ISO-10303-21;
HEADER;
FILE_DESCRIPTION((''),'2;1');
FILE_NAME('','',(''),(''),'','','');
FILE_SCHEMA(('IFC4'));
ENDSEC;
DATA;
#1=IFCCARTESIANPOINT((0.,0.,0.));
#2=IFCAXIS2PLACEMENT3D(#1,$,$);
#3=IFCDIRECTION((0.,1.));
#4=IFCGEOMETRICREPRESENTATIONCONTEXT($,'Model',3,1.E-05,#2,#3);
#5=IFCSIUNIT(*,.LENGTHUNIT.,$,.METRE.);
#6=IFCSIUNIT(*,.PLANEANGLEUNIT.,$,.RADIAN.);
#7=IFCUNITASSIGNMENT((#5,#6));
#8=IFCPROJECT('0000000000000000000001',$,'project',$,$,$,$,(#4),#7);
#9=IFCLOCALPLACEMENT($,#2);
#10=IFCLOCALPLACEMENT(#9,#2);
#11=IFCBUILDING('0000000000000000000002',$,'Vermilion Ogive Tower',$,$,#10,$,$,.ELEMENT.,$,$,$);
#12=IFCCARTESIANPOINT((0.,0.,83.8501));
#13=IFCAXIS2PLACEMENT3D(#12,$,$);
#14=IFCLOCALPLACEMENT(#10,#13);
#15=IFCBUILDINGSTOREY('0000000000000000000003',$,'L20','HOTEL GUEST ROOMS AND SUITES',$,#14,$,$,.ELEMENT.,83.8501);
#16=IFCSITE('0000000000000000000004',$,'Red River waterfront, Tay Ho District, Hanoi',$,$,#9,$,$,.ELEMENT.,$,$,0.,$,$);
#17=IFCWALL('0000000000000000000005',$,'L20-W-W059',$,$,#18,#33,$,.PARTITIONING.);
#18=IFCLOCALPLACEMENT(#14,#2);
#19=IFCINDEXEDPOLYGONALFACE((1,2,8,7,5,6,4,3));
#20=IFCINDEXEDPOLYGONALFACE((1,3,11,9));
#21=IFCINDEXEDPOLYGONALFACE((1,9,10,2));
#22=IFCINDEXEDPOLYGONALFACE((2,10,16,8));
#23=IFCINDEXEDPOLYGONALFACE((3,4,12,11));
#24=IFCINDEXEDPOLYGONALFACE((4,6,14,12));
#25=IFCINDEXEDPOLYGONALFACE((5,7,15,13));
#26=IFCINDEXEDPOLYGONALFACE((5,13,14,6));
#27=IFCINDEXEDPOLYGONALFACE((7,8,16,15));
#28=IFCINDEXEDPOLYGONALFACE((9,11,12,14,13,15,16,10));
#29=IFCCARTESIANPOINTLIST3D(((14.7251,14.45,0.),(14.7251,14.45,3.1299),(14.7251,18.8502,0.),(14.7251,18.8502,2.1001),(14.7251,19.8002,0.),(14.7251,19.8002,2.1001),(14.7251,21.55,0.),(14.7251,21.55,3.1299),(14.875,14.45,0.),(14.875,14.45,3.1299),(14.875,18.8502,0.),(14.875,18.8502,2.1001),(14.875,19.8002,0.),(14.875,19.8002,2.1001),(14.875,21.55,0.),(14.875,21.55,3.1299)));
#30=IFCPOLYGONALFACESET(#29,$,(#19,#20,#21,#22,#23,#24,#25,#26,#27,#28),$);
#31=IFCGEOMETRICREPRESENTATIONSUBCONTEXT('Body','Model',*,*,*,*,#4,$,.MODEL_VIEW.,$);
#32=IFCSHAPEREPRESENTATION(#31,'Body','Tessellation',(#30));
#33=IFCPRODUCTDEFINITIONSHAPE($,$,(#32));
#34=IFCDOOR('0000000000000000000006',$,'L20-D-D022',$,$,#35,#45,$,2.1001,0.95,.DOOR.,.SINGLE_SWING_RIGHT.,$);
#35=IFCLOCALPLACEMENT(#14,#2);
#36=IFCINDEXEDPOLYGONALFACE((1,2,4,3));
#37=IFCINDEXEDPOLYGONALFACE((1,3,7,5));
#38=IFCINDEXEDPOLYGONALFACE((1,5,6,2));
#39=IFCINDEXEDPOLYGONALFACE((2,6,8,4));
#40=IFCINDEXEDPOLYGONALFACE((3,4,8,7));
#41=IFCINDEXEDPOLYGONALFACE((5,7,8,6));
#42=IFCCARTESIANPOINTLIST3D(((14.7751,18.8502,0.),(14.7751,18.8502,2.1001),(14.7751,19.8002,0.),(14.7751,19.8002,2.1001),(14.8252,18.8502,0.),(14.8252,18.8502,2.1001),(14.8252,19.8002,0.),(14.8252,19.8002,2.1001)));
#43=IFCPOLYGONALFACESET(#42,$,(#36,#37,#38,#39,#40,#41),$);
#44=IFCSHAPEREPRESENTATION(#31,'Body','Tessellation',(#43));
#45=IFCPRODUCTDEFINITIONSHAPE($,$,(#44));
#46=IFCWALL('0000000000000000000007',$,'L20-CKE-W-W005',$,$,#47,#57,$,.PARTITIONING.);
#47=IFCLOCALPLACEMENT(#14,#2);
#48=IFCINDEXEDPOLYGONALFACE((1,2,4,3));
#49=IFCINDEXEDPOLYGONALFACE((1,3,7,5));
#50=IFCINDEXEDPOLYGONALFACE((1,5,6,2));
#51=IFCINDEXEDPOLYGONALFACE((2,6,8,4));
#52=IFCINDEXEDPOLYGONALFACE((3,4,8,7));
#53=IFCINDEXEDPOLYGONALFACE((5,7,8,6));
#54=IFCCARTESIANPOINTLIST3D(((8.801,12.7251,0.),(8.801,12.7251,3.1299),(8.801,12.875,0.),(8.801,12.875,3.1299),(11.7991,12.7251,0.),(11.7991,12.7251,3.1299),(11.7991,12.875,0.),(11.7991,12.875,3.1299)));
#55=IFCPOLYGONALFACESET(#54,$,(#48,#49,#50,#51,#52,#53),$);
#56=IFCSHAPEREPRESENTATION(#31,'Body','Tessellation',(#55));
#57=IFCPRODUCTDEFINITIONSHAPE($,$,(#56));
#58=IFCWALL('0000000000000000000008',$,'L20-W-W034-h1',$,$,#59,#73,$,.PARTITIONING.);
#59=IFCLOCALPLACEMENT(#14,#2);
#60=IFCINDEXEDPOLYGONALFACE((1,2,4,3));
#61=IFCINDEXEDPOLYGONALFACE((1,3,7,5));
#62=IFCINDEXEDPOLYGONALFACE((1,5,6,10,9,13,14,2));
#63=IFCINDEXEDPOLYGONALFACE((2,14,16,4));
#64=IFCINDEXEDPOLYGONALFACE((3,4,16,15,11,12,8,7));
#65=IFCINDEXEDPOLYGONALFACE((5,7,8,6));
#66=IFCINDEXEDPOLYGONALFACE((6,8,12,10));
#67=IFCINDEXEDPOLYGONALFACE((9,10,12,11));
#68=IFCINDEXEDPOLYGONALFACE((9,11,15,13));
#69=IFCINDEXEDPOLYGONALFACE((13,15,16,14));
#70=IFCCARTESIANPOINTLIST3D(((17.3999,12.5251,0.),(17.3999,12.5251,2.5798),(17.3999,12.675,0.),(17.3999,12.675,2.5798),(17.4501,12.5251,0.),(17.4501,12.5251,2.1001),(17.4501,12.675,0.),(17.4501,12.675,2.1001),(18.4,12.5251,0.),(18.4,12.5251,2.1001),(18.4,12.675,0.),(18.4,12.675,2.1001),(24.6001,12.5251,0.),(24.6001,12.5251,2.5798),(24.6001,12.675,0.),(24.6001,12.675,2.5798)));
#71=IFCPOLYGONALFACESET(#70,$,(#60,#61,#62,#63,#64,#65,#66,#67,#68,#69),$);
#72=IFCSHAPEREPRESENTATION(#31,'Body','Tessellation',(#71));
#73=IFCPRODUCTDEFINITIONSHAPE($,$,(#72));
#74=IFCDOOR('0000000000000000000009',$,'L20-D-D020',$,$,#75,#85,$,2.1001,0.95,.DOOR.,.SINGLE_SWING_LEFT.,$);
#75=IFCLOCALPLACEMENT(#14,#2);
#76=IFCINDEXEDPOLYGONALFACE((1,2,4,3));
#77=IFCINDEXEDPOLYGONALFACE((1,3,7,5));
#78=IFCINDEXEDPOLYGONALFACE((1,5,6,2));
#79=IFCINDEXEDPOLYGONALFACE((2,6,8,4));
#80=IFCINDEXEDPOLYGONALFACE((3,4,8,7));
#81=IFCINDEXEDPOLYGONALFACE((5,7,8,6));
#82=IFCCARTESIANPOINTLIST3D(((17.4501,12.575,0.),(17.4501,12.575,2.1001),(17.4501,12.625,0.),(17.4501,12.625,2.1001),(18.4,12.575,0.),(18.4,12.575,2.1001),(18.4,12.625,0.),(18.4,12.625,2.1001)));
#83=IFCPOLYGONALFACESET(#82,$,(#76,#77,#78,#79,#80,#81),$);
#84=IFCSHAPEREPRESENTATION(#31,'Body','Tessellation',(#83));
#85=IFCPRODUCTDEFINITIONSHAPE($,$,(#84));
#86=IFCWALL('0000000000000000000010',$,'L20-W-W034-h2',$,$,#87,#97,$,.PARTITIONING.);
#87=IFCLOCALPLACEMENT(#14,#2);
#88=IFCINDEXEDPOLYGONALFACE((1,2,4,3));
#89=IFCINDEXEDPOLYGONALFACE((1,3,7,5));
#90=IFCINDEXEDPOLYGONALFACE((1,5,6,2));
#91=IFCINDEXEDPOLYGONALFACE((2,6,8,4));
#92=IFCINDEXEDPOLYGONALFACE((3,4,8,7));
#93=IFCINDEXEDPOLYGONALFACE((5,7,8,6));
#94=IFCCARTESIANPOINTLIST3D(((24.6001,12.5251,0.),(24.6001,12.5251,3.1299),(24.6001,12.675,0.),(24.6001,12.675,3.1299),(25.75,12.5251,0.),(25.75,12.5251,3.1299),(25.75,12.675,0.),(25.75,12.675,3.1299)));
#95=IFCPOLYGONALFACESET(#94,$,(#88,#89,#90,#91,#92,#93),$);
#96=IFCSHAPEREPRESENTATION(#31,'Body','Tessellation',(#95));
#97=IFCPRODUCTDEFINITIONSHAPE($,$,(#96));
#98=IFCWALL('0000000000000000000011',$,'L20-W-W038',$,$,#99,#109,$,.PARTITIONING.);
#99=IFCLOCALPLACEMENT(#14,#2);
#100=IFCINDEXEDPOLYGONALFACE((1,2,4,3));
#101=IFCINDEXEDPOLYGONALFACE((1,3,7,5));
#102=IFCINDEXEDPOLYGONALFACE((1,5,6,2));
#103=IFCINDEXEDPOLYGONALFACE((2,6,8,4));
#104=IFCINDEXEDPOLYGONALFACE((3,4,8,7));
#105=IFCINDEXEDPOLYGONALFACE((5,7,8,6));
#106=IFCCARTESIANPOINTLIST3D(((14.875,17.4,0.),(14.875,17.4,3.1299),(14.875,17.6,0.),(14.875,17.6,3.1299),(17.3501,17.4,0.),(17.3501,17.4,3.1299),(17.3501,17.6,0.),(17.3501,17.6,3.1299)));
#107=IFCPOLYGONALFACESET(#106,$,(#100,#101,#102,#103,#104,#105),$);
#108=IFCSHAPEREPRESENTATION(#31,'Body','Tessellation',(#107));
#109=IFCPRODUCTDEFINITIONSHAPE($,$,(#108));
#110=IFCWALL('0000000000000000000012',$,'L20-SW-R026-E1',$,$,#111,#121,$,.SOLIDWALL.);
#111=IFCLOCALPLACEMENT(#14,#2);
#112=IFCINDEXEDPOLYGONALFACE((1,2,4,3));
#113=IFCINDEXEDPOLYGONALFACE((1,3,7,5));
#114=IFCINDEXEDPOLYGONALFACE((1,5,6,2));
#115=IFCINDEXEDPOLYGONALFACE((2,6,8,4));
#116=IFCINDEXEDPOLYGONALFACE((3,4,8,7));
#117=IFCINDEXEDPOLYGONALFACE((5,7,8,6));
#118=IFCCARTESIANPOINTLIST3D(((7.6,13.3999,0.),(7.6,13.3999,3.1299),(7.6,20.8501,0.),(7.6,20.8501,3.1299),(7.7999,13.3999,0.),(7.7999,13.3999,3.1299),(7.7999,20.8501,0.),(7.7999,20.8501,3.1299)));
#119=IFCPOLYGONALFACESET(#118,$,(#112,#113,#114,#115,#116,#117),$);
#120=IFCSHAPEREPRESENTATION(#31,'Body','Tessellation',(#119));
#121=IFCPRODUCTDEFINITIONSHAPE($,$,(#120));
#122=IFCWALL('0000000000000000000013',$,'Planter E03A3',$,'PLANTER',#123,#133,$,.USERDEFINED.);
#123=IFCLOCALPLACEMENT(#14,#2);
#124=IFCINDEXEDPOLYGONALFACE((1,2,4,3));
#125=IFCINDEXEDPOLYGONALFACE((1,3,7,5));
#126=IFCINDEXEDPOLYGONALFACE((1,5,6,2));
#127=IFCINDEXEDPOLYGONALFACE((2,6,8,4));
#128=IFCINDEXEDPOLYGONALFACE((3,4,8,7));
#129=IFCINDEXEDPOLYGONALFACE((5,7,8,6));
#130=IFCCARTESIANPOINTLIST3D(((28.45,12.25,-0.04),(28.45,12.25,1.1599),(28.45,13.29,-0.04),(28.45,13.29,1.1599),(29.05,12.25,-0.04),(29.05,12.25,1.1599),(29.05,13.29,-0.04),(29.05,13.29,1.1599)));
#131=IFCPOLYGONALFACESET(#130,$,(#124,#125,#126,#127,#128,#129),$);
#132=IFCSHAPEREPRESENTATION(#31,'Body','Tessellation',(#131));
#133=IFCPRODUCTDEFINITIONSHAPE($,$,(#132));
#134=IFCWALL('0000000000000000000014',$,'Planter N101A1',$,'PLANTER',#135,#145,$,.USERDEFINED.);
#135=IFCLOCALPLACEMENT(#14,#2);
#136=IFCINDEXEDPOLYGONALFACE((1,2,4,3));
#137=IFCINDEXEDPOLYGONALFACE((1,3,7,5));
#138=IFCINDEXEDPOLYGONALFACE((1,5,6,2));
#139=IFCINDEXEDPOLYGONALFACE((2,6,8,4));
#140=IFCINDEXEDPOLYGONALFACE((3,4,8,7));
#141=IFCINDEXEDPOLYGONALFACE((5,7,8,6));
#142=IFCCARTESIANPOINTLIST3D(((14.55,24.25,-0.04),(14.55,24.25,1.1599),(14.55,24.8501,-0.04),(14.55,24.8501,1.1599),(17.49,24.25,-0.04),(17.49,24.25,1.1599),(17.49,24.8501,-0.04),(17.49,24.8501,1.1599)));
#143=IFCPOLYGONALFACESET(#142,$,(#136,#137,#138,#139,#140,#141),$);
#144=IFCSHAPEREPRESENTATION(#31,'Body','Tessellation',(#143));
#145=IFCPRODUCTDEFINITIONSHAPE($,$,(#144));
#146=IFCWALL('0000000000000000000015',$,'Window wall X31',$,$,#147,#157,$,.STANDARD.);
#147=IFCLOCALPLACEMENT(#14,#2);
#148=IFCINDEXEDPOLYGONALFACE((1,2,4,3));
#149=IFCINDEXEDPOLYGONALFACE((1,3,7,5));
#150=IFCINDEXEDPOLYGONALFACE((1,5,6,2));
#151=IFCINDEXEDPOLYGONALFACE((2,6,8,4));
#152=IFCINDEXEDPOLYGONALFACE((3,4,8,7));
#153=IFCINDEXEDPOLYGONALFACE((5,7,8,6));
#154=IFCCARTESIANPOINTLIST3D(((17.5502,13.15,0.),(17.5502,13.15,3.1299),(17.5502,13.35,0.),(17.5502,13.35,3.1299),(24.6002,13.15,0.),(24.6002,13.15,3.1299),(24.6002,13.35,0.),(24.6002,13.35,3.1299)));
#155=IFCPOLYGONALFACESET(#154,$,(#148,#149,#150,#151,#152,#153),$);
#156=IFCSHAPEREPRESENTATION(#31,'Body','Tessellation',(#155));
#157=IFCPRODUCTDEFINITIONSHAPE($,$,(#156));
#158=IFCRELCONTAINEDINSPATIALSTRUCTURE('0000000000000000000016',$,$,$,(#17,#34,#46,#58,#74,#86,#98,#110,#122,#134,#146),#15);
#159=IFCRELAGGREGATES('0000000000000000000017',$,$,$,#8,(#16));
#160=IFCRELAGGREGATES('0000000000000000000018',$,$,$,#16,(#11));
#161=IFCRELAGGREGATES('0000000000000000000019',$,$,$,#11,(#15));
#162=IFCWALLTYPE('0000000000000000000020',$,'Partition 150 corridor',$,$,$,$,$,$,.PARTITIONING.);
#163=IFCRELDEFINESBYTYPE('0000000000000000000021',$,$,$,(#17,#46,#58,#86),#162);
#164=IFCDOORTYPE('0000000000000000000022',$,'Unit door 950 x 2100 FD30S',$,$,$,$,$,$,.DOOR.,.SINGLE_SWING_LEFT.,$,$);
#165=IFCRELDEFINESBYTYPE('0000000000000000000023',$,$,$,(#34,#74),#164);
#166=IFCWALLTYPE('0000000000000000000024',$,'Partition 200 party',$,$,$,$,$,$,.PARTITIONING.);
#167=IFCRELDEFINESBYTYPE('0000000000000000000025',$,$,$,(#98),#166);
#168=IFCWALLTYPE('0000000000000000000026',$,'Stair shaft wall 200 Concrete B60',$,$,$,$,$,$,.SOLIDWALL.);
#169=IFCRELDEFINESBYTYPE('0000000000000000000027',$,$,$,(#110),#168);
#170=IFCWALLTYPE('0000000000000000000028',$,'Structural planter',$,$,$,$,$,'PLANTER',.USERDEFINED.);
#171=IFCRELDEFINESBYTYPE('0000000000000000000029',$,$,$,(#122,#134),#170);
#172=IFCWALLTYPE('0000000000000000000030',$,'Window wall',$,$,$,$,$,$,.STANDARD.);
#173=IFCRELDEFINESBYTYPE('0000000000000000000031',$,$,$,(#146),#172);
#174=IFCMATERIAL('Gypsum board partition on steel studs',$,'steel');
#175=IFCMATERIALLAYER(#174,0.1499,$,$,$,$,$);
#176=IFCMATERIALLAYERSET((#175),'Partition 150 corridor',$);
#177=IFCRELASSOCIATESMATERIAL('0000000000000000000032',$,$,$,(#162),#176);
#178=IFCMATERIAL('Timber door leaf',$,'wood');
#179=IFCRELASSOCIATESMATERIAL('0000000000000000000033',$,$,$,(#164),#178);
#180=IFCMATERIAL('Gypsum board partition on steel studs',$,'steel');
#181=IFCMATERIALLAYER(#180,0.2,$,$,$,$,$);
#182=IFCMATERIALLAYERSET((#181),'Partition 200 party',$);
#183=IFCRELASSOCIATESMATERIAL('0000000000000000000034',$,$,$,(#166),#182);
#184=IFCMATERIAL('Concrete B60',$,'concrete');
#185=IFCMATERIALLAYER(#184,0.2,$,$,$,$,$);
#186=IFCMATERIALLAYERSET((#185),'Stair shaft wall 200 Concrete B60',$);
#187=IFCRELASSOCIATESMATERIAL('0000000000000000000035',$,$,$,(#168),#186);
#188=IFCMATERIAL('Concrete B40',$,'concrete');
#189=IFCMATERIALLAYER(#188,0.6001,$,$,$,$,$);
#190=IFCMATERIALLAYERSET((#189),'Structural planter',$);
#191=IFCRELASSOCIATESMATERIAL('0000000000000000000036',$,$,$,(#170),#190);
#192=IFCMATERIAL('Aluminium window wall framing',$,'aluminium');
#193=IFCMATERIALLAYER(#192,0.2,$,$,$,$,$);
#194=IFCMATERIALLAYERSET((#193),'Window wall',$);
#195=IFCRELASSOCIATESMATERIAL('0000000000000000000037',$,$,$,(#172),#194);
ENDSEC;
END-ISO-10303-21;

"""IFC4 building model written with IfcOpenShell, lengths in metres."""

from ifc_helpers import new_model, si_unit, direction, frame, frame_2d, origin, place, context, subcontext, project, spatial, rectangle, extrude, material, layer, layer_set, type_object, element, fill, save


model = new_model("IFC4")

# Units and contexts
model_context = context("Model", 3, precision=1e-05, world=origin(), true_north=direction((0.0, 1.0)))
body_context = subcontext(model_context, "Body", "Model", "MODEL_VIEW")
ifc_project = project(units=[si_unit("LENGTHUNIT", "METRE"), si_unit("PLANEANGLEUNIT", "RADIAN")], contexts=[model_context])

# Site, building, storey
site_placement = place(None, origin())
site = spatial("IfcSite", under=ifc_project, at=site_placement, Name="Red River waterfront, Tay Ho District, Hanoi", CompositionType="ELEMENT", RefElevation=0.0)
building_placement = place(site_placement, origin())
building = spatial("IfcBuilding", under=site, at=building_placement, Name="Vermilion Ogive Tower", CompositionType="ELEMENT")
storey_placement = place(building_placement, frame((0.0, 0.0, 83.8501)))
storey = spatial("IfcBuildingStorey", under=building, at=storey_placement, Name="L20", Description="HOTEL GUEST ROOMS AND SUITES", CompositionType="ELEMENT", Elevation=83.8501)

# Shared definitions
ifc_material_1 = material(Name="Gypsum board partition on steel studs", Category="steel")
ifc_layer_1 = layer(ifc_material_1, 0.1499)
ifc_layer_set_1 = layer_set([ifc_layer_1], Name="Partition 150 corridor")
wall_type_1 = type_object("IfcWallType", Name="Partition 150 corridor", PredefinedType="PARTITIONING", material=ifc_layer_set_1)

# Wall, opening, door
wall_1_placement = place(storey_placement, frame((14.8, 14.45, 0.0), z_axis=(0.0, 0.0, 1.0), x_axis=(0.0, 1.0, 0.0)))
wall_1 = element("IfcWall", 1, at=wall_1_placement, inside=storey, type_object=wall_type_1, Name="L20-W-W059", PredefinedType="PARTITIONING", context=body_context, shape_type="SweptSolid", body=[
    extrude(rectangle(XDim=7.1001, YDim=0.1499, at=frame_2d((3.55, 0.0))), origin(), (0.0, 0.0, 1.0), 3.1299),
])
opening_1_placement = place(wall_1_placement, frame((4.4001, 0.0, 0.0)))
opening_1 = element("IfcOpeningElement", 2, at=opening_1_placement, cuts=wall_1, PredefinedType="OPENING", context=body_context, shape_type="SweptSolid", body=[
    extrude(rectangle(XDim=0.95, YDim=2.1001, at=frame_2d((0.4751, 1.05))), frame((0.0, 0.085, 0.0), z_axis=(0.0, -1.0, 0.0), x_axis=(1.0, 0.0, 0.0)), (0.0, 0.0, 1.0), 0.1699),
])
ifc_material_2 = material(Name="Timber door leaf", Category="wood")
door_type_1 = type_object("IfcDoorType", Name="Unit door 950 x 2100 FD30S", OperationType="SINGLE_SWING_LEFT", PredefinedType="DOOR", material=ifc_material_2)
door_1_placement = place(opening_1_placement, origin())
door_1 = element("IfcDoor", 3, at=door_1_placement, inside=storey, type_object=door_type_1, Name="L20-D-D022", OperationType="SINGLE_SWING_RIGHT", OverallHeight=2.1001, OverallWidth=0.95, PredefinedType="DOOR", context=body_context, shape_type="SweptSolid", body=[
    extrude(rectangle(XDim=0.95, YDim=2.1001, at=frame_2d((0.4751, 1.05))), frame((0.0, 0.0249, 0.0), z_axis=(0.0, -1.0, 0.0), x_axis=(1.0, 0.0, 0.0)), (0.0, 0.0, 1.0), 0.05),
])
fill(opening_1, door_1)

# Wall
wall_2_placement = place(storey_placement, frame((8.801, 12.8, 0.0), z_axis=(0.0, 0.0, 1.0), x_axis=(1.0, 0.0, 0.0)))
element("IfcWall", 4, at=wall_2_placement, inside=storey, type_object=wall_type_1, Name="L20-CKE-W-W005", PredefinedType="PARTITIONING", context=body_context, shape_type="SweptSolid", body=[
    extrude(rectangle(XDim=2.998, YDim=0.1499, at=frame_2d((1.499, 0.0))), origin(), (0.0, 0.0, 1.0), 3.1299),
])

# Wall, opening, door
wall_3_placement = place(storey_placement, frame((17.3999, 12.6001, 0.0), z_axis=(0.0, 0.0, 1.0), x_axis=(1.0, 0.0, 0.0)))
wall_3 = element("IfcWall", 5, at=wall_3_placement, inside=storey, type_object=wall_type_1, Name="L20-W-W034-h1", PredefinedType="PARTITIONING", context=body_context, shape_type="SweptSolid", body=[
    extrude(rectangle(XDim=7.2002, YDim=0.1499, at=frame_2d((3.6001, 0.0))), origin(), (0.0, 0.0, 1.0), 2.5798),
])
opening_2_placement = place(wall_3_placement, frame((0.05, 0.0, 0.0)))
opening_2 = element("IfcOpeningElement", 6, at=opening_2_placement, cuts=wall_3, PredefinedType="OPENING", context=body_context, shape_type="SweptSolid", body=[
    extrude(rectangle(XDim=0.95, YDim=2.1001, at=frame_2d((0.4751, 1.05))), frame((0.0, 0.085, 0.0), z_axis=(0.0, -1.0, 0.0), x_axis=(1.0, 0.0, 0.0)), (0.0, 0.0, 1.0), 0.1699),
])
door_2_placement = place(opening_2_placement, origin())
door_2 = element("IfcDoor", 7, at=door_2_placement, inside=storey, type_object=door_type_1, Name="L20-D-D020", OperationType="SINGLE_SWING_LEFT", OverallHeight=2.1001, OverallWidth=0.95, PredefinedType="DOOR", context=body_context, shape_type="SweptSolid", body=[
    extrude(rectangle(XDim=0.95, YDim=2.1001, at=frame_2d((0.4751, 1.05))), frame((0.0, 0.0249, 0.0), z_axis=(0.0, -1.0, 0.0), x_axis=(1.0, 0.0, 0.0)), (0.0, 0.0, 1.0), 0.05),
])
fill(opening_2, door_2)

# Walls
wall_4_placement = place(storey_placement, frame((24.6001, 12.6001, 0.0), z_axis=(0.0, 0.0, 1.0), x_axis=(1.0, 0.0, 0.0)))
element("IfcWall", 8, at=wall_4_placement, inside=storey, type_object=wall_type_1, Name="L20-W-W034-h2", PredefinedType="PARTITIONING", context=body_context, shape_type="SweptSolid", body=[
    extrude(rectangle(XDim=1.1499, YDim=0.1499, at=frame_2d((0.575, 0.0))), origin(), (0.0, 0.0, 1.0), 3.1299),
])
ifc_material_3 = material(Name="Gypsum board partition on steel studs", Category="steel")
ifc_layer_2 = layer(ifc_material_3, 0.2)
ifc_layer_set_2 = layer_set([ifc_layer_2], Name="Partition 200 party")
wall_type_2 = type_object("IfcWallType", Name="Partition 200 party", PredefinedType="PARTITIONING", material=ifc_layer_set_2)
wall_5_placement = place(storey_placement, frame((14.875, 17.5, 0.0), z_axis=(0.0, 0.0, 1.0), x_axis=(1.0, 0.0, 0.0)))
element("IfcWall", 9, at=wall_5_placement, inside=storey, type_object=wall_type_2, Name="L20-W-W038", PredefinedType="PARTITIONING", context=body_context, shape_type="SweptSolid", body=[
    extrude(rectangle(XDim=2.4751, YDim=0.2, at=frame_2d((1.2375, 0.0))), origin(), (0.0, 0.0, 1.0), 3.1299),
])
ifc_material_4 = material(Name="Concrete B60", Category="concrete")
ifc_layer_3 = layer(ifc_material_4, 0.2)
ifc_layer_set_3 = layer_set([ifc_layer_3], Name="Stair shaft wall 200 Concrete B60")
wall_type_3 = type_object("IfcWallType", Name="Stair shaft wall 200 Concrete B60", PredefinedType="SOLIDWALL", material=ifc_layer_set_3)
wall_6_placement = place(storey_placement, frame((7.7, 13.3999, 0.0), z_axis=(0.0, 0.0, 1.0), x_axis=(0.0, 1.0, 0.0)))
element("IfcWall", 10, at=wall_6_placement, inside=storey, type_object=wall_type_3, Name="L20-SW-R026-E1", PredefinedType="SOLIDWALL", context=body_context, shape_type="SweptSolid", body=[
    extrude(rectangle(XDim=7.4502, YDim=0.2, at=frame_2d((3.7251, 0.0))), origin(), (0.0, 0.0, 1.0), 3.1299),
])
ifc_material_5 = material(Name="Concrete B40", Category="concrete")
ifc_layer_4 = layer(ifc_material_5, 0.6001)
ifc_layer_set_4 = layer_set([ifc_layer_4], Name="Structural planter")
wall_type_4 = type_object("IfcWallType", Name="Structural planter", ElementType="PLANTER", PredefinedType="USERDEFINED", material=ifc_layer_set_4)
wall_7_placement = place(storey_placement, frame((28.75, 12.25, -0.04), z_axis=(0.0, 0.0, 1.0), x_axis=(0.0, 1.0, 0.0)))
element("IfcWall", 11, at=wall_7_placement, inside=storey, type_object=wall_type_4, Name="Planter E03A3", ObjectType="PLANTER", PredefinedType="USERDEFINED", context=body_context, shape_type="SweptSolid", body=[
    extrude(rectangle(XDim=1.04, YDim=0.6001, at=frame_2d((0.52, 0.0))), origin(), (0.0, 0.0, 1.0), 1.2),
])
wall_8_placement = place(storey_placement, frame((17.49, 24.55, -0.04), z_axis=(0.0, 0.0, 1.0), x_axis=(-1.0, 0.0, 0.0)))
element("IfcWall", 12, at=wall_8_placement, inside=storey, type_object=wall_type_4, Name="Planter N101A1", ObjectType="PLANTER", PredefinedType="USERDEFINED", context=body_context, shape_type="SweptSolid", body=[
    extrude(rectangle(XDim=2.9399, YDim=0.6001, at=frame_2d((1.47, 0.0))), origin(), (0.0, 0.0, 1.0), 1.2),
])
ifc_material_6 = material(Name="Aluminium window wall framing", Category="aluminium")
ifc_layer_5 = layer(ifc_material_6, 0.2)
ifc_layer_set_5 = layer_set([ifc_layer_5], Name="Window wall")
wall_type_5 = type_object("IfcWallType", Name="Window wall", PredefinedType="STANDARD", material=ifc_layer_set_5)
wall_9_placement = place(storey_placement, frame((24.6001, 13.25, 0.0), z_axis=(0.0, 0.0, 1.0), x_axis=(-1.0, 0.0, 0.0)))
element("IfcWall", 13, at=wall_9_placement, inside=storey, type_object=wall_type_5, Name="Window wall X31", PredefinedType="STANDARD", context=body_context, shape_type="SweptSolid", body=[
    extrude(rectangle(XDim=7.05, YDim=0.2, at=frame_2d((3.5249, 0.0))), origin(), (0.0, 0.0, 1.0), 3.1299),
])

save(model, "model.ifc")
